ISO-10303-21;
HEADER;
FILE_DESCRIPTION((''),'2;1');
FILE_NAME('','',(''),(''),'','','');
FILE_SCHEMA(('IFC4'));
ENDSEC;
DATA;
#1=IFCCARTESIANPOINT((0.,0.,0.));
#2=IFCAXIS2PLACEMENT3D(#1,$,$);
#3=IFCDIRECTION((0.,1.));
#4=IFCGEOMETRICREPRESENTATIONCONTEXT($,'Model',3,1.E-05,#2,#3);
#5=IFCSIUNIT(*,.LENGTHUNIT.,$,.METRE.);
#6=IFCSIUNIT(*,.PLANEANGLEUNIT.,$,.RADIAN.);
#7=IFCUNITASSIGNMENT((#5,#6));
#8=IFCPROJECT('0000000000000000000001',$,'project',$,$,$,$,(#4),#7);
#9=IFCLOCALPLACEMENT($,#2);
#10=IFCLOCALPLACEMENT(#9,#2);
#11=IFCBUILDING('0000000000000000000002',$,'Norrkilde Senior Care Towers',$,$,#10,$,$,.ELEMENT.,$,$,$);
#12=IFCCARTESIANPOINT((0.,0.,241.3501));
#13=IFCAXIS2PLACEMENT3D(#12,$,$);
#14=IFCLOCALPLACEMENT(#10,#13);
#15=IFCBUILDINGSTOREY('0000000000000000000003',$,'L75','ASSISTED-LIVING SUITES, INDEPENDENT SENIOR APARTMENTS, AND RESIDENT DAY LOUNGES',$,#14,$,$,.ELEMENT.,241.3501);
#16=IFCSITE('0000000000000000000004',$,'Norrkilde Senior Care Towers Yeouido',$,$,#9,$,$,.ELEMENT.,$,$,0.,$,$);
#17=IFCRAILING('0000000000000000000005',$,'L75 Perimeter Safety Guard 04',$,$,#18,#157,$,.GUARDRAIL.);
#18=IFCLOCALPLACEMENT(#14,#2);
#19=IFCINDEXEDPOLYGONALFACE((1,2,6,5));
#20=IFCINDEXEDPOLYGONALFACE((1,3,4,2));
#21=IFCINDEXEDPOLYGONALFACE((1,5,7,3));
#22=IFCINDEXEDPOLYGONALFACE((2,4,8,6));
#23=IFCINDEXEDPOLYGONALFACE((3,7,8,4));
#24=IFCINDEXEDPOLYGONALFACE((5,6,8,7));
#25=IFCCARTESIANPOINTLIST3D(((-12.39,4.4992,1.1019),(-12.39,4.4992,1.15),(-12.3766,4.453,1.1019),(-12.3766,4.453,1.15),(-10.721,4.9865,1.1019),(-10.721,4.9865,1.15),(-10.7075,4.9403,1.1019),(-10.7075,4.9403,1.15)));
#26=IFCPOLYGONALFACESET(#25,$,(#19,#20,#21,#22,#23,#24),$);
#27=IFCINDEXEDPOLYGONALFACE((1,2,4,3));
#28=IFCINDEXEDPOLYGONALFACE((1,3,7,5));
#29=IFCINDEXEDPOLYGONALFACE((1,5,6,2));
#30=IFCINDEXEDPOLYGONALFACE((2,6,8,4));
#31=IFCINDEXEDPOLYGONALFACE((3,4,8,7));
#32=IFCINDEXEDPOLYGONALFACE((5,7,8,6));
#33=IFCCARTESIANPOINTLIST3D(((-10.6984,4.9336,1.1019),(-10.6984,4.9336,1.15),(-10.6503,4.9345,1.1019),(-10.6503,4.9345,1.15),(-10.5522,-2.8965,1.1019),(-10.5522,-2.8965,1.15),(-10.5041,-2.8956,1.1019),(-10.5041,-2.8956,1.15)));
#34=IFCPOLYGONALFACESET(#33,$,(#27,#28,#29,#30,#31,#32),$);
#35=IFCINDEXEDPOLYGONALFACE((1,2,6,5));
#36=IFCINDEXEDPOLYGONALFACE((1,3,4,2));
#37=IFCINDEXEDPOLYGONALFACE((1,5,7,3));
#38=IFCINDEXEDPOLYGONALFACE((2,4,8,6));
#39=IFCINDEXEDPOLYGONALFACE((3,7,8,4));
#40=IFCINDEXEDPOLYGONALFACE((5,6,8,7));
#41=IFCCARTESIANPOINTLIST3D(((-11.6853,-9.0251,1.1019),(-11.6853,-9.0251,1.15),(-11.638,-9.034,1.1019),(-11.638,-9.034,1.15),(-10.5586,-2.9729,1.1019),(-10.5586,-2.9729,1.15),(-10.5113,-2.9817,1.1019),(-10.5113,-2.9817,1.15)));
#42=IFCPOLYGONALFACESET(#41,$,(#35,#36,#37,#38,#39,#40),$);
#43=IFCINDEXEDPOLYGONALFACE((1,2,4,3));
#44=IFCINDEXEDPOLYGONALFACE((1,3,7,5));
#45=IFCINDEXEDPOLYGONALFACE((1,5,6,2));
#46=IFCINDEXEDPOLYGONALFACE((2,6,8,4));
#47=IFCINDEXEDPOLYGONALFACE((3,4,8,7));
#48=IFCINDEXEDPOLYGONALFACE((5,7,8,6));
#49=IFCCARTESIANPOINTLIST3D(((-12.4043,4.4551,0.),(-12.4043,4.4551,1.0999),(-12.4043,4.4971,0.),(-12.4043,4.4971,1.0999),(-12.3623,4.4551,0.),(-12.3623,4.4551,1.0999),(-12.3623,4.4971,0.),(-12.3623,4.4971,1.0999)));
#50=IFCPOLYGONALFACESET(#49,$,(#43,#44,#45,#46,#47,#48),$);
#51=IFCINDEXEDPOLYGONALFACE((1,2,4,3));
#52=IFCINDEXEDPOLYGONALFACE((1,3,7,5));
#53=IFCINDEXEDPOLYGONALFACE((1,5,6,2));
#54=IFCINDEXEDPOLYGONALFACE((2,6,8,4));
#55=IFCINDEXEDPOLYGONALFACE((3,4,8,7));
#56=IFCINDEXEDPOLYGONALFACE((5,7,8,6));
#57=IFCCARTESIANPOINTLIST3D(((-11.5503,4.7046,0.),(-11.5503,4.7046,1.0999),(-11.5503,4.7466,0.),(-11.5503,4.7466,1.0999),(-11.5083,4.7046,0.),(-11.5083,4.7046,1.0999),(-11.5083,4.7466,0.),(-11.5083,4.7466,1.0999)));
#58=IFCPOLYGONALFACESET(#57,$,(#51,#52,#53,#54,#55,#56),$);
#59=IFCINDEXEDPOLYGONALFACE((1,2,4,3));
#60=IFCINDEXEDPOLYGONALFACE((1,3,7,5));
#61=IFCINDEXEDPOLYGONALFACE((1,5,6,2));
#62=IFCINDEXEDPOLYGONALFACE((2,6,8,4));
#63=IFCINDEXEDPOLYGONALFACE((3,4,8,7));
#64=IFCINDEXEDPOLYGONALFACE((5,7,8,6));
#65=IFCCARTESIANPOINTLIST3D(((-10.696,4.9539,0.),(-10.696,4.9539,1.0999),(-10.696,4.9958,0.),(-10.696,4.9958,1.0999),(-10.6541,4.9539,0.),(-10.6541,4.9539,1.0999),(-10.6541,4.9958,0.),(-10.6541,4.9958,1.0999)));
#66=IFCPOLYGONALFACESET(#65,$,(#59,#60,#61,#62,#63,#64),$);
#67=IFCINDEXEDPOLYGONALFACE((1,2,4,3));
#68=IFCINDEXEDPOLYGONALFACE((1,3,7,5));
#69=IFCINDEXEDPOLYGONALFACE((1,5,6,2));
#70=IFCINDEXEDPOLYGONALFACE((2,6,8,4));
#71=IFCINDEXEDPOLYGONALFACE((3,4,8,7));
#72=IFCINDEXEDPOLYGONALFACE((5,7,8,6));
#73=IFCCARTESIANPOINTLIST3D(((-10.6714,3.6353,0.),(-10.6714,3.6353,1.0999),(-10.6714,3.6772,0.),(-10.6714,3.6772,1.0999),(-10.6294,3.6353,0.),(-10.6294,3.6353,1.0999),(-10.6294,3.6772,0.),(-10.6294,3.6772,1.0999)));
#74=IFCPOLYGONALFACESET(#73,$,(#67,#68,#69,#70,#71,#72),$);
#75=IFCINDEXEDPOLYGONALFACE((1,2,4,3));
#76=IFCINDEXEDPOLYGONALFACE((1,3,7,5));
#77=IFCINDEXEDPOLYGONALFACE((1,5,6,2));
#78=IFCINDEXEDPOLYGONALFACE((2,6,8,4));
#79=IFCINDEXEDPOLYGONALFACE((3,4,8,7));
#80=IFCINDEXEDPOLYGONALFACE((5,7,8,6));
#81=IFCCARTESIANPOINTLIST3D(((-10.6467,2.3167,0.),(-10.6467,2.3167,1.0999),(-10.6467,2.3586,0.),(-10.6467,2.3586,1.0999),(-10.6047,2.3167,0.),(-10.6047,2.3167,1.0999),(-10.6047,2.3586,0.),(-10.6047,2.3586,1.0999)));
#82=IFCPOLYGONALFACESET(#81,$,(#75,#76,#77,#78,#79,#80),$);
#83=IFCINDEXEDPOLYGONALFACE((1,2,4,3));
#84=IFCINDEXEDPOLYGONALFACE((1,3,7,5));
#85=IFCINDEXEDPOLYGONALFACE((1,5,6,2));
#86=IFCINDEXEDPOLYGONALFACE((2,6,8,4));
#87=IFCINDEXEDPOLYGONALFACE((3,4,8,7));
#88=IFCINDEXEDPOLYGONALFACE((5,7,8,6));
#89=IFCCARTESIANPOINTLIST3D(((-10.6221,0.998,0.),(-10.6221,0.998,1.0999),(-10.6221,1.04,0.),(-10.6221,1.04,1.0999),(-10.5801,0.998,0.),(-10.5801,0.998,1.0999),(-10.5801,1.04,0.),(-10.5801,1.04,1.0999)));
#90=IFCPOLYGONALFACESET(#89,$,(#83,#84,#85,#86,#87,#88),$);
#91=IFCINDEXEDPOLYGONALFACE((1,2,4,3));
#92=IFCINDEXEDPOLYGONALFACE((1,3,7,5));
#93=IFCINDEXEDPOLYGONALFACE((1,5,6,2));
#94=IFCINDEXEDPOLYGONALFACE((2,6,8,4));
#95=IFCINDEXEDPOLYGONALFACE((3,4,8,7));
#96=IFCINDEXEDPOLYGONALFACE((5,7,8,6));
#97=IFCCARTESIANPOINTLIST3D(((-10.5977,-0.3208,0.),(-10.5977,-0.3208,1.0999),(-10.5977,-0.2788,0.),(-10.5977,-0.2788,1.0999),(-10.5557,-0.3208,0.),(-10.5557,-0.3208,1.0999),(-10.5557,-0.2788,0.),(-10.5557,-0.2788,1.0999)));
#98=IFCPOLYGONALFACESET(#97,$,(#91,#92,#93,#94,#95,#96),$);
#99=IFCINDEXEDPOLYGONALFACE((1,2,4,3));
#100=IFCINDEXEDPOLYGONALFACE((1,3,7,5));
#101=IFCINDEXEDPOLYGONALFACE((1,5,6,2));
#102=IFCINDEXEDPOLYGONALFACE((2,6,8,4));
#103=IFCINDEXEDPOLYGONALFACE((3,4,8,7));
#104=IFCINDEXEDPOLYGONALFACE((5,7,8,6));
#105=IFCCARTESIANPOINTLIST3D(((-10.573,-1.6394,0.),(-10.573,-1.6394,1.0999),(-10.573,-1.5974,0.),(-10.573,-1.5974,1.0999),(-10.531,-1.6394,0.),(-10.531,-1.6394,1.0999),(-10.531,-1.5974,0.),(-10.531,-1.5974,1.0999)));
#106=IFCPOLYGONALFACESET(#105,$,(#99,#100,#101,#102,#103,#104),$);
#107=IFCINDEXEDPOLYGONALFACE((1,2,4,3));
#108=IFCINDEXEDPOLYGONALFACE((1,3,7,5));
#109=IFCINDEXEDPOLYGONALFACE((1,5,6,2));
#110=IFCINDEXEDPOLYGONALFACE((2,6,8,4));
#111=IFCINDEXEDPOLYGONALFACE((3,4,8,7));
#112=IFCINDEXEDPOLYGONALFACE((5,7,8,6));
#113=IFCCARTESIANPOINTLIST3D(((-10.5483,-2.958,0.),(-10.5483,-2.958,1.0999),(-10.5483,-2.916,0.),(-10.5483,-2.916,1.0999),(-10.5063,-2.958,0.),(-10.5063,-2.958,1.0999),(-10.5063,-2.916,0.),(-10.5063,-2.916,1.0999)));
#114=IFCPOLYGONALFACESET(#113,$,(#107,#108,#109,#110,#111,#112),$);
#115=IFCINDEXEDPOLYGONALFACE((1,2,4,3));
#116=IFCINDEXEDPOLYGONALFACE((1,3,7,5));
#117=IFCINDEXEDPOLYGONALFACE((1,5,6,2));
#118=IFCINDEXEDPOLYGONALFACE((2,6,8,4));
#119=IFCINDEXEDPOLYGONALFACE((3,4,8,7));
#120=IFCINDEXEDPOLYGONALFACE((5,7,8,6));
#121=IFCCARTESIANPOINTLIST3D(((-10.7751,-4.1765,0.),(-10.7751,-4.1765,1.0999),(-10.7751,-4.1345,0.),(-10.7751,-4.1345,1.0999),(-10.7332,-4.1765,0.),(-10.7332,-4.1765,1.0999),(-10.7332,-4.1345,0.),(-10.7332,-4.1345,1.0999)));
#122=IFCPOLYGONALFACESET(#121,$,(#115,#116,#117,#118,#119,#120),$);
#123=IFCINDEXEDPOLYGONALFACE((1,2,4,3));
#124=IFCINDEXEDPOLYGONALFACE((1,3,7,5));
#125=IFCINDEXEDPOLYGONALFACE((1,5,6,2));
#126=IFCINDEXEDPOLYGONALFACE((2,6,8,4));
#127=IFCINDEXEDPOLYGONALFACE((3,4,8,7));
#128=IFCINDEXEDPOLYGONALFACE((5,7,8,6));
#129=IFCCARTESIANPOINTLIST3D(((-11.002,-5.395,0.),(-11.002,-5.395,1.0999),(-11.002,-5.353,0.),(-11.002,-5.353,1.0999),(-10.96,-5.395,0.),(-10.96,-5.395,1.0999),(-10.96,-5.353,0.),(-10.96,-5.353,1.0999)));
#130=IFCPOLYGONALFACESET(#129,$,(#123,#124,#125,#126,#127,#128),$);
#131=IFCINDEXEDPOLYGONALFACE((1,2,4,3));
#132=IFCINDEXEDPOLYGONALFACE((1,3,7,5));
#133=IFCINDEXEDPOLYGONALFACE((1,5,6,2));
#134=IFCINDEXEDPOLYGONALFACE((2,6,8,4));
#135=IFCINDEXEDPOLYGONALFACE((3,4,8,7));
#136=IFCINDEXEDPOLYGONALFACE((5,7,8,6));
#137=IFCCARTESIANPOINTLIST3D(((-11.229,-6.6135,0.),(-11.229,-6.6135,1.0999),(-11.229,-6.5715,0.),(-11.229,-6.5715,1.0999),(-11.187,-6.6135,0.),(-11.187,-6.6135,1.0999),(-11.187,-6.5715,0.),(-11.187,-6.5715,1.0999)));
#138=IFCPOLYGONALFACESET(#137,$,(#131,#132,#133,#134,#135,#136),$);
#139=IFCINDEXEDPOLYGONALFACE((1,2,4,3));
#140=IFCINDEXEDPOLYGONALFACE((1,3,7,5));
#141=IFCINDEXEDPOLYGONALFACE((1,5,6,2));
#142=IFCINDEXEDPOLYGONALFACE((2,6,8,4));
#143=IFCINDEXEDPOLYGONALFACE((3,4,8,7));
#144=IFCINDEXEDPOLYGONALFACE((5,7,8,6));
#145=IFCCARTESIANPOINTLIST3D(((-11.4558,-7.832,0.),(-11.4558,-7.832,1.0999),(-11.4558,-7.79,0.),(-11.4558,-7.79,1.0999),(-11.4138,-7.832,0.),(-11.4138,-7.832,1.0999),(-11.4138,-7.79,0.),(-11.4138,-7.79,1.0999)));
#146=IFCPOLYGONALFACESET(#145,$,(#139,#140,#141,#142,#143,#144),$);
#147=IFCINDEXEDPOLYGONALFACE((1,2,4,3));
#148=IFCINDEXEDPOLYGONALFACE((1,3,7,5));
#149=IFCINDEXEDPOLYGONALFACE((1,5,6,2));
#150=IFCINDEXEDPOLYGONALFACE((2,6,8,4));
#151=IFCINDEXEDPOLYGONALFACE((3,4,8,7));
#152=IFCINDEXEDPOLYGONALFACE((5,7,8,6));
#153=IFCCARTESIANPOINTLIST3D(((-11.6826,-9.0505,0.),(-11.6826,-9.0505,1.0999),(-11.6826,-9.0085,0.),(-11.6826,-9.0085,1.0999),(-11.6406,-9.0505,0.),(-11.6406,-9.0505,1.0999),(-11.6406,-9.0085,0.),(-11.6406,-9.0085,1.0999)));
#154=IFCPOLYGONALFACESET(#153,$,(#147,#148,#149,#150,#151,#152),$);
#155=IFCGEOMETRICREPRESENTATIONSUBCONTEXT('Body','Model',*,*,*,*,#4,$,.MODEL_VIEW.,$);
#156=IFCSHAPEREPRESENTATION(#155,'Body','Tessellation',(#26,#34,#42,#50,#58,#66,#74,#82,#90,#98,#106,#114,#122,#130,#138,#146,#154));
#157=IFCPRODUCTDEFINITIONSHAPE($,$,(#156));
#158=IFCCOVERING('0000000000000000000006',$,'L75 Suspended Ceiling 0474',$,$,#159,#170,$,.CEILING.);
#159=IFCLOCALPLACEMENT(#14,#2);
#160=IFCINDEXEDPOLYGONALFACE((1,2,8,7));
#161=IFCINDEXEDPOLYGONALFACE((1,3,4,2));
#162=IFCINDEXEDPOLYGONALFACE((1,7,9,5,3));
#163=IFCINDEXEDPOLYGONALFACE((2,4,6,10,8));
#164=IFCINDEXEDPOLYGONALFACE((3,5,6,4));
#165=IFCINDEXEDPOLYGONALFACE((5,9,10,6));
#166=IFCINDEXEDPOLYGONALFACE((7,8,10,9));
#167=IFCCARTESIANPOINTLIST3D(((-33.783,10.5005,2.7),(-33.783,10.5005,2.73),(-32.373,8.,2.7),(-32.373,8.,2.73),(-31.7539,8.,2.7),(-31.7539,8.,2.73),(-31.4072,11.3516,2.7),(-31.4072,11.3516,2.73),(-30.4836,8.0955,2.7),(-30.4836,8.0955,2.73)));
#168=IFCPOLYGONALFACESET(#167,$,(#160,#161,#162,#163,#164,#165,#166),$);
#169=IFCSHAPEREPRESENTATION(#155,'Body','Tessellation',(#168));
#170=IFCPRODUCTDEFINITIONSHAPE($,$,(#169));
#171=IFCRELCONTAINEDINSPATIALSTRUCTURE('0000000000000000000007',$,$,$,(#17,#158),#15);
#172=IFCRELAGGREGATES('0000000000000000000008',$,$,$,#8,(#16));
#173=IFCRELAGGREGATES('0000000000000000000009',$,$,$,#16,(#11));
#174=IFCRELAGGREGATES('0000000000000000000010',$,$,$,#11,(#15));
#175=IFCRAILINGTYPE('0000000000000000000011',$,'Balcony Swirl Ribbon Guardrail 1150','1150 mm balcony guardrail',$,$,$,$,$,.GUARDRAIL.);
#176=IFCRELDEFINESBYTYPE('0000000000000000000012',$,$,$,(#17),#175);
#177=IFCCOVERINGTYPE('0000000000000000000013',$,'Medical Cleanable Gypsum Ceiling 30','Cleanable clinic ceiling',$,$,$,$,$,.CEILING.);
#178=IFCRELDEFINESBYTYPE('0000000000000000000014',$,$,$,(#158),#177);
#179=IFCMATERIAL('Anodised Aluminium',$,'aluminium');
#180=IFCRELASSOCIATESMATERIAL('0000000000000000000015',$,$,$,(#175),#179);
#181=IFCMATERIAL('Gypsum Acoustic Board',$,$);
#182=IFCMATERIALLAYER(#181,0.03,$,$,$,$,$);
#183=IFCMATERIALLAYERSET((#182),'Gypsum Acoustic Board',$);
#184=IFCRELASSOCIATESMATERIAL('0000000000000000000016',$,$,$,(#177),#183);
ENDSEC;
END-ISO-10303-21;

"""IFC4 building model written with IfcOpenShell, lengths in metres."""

from ifc_helpers import new_model, si_unit, direction, frame, origin, origin_2d, place, context, subcontext, project, spatial, polyline, rectangle, outline, extrude, material, layer, layer_set, type_object, element, save


model = new_model("IFC4")

# Units and contexts
model_context = context("Model", 3, precision=1e-05, world=origin(), true_north=direction((0.0, 1.0)))
body_context = subcontext(model_context, "Body", "Model", "MODEL_VIEW")
ifc_project = project(units=[si_unit("LENGTHUNIT", "METRE"), si_unit("PLANEANGLEUNIT", "RADIAN")], contexts=[model_context])

# Site, building, storey
site_placement = place(None, origin())
site = spatial("IfcSite", under=ifc_project, at=site_placement, Name="Norrkilde Senior Care Towers Yeouido", CompositionType="ELEMENT", RefElevation=0.0)
building_placement = place(site_placement, origin())
building = spatial("IfcBuilding", under=site, at=building_placement, Name="Norrkilde Senior Care Towers", CompositionType="ELEMENT")
storey_placement = place(building_placement, frame((0.0, 0.0, 241.3501)))
storey = spatial("IfcBuildingStorey", under=building, at=storey_placement, Name="L75", Description="ASSISTED-LIVING SUITES, INDEPENDENT SENIOR APARTMENTS, AND RESIDENT DAY LOUNGES", CompositionType="ELEMENT", Elevation=241.3501)

# Shared definitions
ifc_material_1 = material(Name="Anodised Aluminium", Category="aluminium")

# Railing
railing_type = type_object("IfcRailingType", Name="Balcony Swirl Ribbon Guardrail 1150", Description="1150 mm balcony guardrail", PredefinedType="GUARDRAIL", material=ifc_material_1)
railing_placement = place(storey_placement, frame((-12.3833, 4.4761, 0.0)))
element("IfcRailing", 1, at=railing_placement, inside=storey, type_object=railing_type, Name="L75 Perimeter Safety Guard 04", PredefinedType="GUARDRAIL", context=body_context, shape_type="SweptSolid", body=[
    extrude(rectangle(XDim=0.0481, YDim=0.0481, at=origin_2d()), frame((0.0, 0.0, 1.126), z_axis=(0.959919, 0.280279, 0.0), x_axis=(-0.280279, 0.959919, 0.0)), (0.0, 0.0, 1.0), 1.7388),
    extrude(rectangle(XDim=0.0481, YDim=0.0481, at=origin_2d()), frame((1.709, 0.458, 1.126), z_axis=(0.018666, -0.999826, 0.0), x_axis=(0.999826, 0.018666, 0.0)), (0.0, 0.0, 1.0), 7.8315),
    extrude(rectangle(XDim=0.0481, YDim=0.0481, at=origin_2d()), frame((1.8484, -7.4534, 1.126), z_axis=(-0.18303, -0.983107, 0.0), x_axis=(0.983107, -0.18303, 0.0)), (0.0, 0.0, 1.0), 6.1562),
    extrude(rectangle(XDim=0.042, YDim=0.042, at=origin_2d()), origin(), (0.0, 0.0, 1.0), 1.0999),
    extrude(rectangle(XDim=0.042, YDim=0.042, at=origin_2d()), frame((0.854, 0.2495, 0.0)), (0.0, 0.0, 1.0), 1.0999),
    extrude(rectangle(XDim=0.042, YDim=0.042, at=origin_2d()), frame((1.7083, 0.4988, 0.0)), (0.0, 0.0, 1.0), 1.0999),
    extrude(rectangle(XDim=0.042, YDim=0.042, at=origin_2d()), frame((1.7329, -0.8198, 0.0)), (0.0, 0.0, 1.0), 1.0999),
    extrude(rectangle(XDim=0.042, YDim=0.042, at=origin_2d()), frame((1.7576, -2.1384, 0.0)), (0.0, 0.0, 1.0), 1.0999),
    extrude(rectangle(XDim=0.042, YDim=0.042, at=origin_2d()), frame((1.7822, -3.457, 0.0)), (0.0, 0.0, 1.0), 1.0999),
    extrude(rectangle(XDim=0.042, YDim=0.042, at=origin_2d()), frame((1.8066, -4.7759, 0.0)), (0.0, 0.0, 1.0), 1.0999),
    extrude(rectangle(XDim=0.042, YDim=0.042, at=origin_2d()), frame((1.8313, -6.0945, 0.0)), (0.0, 0.0, 1.0), 1.0999),
    extrude(rectangle(XDim=0.042, YDim=0.042, at=origin_2d()), frame((1.856, -7.4131, 0.0)), (0.0, 0.0, 1.0), 1.0999),
    extrude(rectangle(XDim=0.042, YDim=0.042, at=origin_2d()), frame((1.6292, -8.6316, 0.0)), (0.0, 0.0, 1.0), 1.0999),
    extrude(rectangle(XDim=0.042, YDim=0.042, at=origin_2d()), frame((1.4023, -9.8501, 0.0)), (0.0, 0.0, 1.0), 1.0999),
    extrude(rectangle(XDim=0.042, YDim=0.042, at=origin_2d()), frame((1.1753, -11.0686, 0.0)), (0.0, 0.0, 1.0), 1.0999),
    extrude(rectangle(XDim=0.042, YDim=0.042, at=origin_2d()), frame((0.9485, -12.2871, 0.0)), (0.0, 0.0, 1.0), 1.0999),
    extrude(rectangle(XDim=0.042, YDim=0.042, at=origin_2d()), frame((0.7217, -13.5056, 0.0)), (0.0, 0.0, 1.0), 1.0999),
])

# Covering
ifc_material_2 = material(Name="Gypsum Acoustic Board")
ifc_layer_1 = layer(ifc_material_2, 0.03)
ifc_layer_set_1 = layer_set([ifc_layer_1], Name="Gypsum Acoustic Board")
covering_type_1 = type_object("IfcCoveringType", Name="Medical Cleanable Gypsum Ceiling 30", Description="Cleanable clinic ceiling", PredefinedType="CEILING", material=ifc_layer_set_1)
covering_1_placement = place(storey_placement, frame((0.0, 0.0, 2.7)))
element("IfcCovering", 2, at=covering_1_placement, inside=storey, type_object=covering_type_1, Name="L75 Suspended Ceiling 0474", PredefinedType="CEILING", context=body_context, shape_type="SweptSolid", body=[
    extrude(outline(polyline([(-33.783, 10.5005), (-31.4072, 11.3516), (-30.4836, 8.0955), (-31.7539, 8.0), (-32.373, 8.0), (-33.783, 10.5005)])), origin(), (0.0, 0.0, 1.0), 0.03),
])

save(model, "model.ifc")
